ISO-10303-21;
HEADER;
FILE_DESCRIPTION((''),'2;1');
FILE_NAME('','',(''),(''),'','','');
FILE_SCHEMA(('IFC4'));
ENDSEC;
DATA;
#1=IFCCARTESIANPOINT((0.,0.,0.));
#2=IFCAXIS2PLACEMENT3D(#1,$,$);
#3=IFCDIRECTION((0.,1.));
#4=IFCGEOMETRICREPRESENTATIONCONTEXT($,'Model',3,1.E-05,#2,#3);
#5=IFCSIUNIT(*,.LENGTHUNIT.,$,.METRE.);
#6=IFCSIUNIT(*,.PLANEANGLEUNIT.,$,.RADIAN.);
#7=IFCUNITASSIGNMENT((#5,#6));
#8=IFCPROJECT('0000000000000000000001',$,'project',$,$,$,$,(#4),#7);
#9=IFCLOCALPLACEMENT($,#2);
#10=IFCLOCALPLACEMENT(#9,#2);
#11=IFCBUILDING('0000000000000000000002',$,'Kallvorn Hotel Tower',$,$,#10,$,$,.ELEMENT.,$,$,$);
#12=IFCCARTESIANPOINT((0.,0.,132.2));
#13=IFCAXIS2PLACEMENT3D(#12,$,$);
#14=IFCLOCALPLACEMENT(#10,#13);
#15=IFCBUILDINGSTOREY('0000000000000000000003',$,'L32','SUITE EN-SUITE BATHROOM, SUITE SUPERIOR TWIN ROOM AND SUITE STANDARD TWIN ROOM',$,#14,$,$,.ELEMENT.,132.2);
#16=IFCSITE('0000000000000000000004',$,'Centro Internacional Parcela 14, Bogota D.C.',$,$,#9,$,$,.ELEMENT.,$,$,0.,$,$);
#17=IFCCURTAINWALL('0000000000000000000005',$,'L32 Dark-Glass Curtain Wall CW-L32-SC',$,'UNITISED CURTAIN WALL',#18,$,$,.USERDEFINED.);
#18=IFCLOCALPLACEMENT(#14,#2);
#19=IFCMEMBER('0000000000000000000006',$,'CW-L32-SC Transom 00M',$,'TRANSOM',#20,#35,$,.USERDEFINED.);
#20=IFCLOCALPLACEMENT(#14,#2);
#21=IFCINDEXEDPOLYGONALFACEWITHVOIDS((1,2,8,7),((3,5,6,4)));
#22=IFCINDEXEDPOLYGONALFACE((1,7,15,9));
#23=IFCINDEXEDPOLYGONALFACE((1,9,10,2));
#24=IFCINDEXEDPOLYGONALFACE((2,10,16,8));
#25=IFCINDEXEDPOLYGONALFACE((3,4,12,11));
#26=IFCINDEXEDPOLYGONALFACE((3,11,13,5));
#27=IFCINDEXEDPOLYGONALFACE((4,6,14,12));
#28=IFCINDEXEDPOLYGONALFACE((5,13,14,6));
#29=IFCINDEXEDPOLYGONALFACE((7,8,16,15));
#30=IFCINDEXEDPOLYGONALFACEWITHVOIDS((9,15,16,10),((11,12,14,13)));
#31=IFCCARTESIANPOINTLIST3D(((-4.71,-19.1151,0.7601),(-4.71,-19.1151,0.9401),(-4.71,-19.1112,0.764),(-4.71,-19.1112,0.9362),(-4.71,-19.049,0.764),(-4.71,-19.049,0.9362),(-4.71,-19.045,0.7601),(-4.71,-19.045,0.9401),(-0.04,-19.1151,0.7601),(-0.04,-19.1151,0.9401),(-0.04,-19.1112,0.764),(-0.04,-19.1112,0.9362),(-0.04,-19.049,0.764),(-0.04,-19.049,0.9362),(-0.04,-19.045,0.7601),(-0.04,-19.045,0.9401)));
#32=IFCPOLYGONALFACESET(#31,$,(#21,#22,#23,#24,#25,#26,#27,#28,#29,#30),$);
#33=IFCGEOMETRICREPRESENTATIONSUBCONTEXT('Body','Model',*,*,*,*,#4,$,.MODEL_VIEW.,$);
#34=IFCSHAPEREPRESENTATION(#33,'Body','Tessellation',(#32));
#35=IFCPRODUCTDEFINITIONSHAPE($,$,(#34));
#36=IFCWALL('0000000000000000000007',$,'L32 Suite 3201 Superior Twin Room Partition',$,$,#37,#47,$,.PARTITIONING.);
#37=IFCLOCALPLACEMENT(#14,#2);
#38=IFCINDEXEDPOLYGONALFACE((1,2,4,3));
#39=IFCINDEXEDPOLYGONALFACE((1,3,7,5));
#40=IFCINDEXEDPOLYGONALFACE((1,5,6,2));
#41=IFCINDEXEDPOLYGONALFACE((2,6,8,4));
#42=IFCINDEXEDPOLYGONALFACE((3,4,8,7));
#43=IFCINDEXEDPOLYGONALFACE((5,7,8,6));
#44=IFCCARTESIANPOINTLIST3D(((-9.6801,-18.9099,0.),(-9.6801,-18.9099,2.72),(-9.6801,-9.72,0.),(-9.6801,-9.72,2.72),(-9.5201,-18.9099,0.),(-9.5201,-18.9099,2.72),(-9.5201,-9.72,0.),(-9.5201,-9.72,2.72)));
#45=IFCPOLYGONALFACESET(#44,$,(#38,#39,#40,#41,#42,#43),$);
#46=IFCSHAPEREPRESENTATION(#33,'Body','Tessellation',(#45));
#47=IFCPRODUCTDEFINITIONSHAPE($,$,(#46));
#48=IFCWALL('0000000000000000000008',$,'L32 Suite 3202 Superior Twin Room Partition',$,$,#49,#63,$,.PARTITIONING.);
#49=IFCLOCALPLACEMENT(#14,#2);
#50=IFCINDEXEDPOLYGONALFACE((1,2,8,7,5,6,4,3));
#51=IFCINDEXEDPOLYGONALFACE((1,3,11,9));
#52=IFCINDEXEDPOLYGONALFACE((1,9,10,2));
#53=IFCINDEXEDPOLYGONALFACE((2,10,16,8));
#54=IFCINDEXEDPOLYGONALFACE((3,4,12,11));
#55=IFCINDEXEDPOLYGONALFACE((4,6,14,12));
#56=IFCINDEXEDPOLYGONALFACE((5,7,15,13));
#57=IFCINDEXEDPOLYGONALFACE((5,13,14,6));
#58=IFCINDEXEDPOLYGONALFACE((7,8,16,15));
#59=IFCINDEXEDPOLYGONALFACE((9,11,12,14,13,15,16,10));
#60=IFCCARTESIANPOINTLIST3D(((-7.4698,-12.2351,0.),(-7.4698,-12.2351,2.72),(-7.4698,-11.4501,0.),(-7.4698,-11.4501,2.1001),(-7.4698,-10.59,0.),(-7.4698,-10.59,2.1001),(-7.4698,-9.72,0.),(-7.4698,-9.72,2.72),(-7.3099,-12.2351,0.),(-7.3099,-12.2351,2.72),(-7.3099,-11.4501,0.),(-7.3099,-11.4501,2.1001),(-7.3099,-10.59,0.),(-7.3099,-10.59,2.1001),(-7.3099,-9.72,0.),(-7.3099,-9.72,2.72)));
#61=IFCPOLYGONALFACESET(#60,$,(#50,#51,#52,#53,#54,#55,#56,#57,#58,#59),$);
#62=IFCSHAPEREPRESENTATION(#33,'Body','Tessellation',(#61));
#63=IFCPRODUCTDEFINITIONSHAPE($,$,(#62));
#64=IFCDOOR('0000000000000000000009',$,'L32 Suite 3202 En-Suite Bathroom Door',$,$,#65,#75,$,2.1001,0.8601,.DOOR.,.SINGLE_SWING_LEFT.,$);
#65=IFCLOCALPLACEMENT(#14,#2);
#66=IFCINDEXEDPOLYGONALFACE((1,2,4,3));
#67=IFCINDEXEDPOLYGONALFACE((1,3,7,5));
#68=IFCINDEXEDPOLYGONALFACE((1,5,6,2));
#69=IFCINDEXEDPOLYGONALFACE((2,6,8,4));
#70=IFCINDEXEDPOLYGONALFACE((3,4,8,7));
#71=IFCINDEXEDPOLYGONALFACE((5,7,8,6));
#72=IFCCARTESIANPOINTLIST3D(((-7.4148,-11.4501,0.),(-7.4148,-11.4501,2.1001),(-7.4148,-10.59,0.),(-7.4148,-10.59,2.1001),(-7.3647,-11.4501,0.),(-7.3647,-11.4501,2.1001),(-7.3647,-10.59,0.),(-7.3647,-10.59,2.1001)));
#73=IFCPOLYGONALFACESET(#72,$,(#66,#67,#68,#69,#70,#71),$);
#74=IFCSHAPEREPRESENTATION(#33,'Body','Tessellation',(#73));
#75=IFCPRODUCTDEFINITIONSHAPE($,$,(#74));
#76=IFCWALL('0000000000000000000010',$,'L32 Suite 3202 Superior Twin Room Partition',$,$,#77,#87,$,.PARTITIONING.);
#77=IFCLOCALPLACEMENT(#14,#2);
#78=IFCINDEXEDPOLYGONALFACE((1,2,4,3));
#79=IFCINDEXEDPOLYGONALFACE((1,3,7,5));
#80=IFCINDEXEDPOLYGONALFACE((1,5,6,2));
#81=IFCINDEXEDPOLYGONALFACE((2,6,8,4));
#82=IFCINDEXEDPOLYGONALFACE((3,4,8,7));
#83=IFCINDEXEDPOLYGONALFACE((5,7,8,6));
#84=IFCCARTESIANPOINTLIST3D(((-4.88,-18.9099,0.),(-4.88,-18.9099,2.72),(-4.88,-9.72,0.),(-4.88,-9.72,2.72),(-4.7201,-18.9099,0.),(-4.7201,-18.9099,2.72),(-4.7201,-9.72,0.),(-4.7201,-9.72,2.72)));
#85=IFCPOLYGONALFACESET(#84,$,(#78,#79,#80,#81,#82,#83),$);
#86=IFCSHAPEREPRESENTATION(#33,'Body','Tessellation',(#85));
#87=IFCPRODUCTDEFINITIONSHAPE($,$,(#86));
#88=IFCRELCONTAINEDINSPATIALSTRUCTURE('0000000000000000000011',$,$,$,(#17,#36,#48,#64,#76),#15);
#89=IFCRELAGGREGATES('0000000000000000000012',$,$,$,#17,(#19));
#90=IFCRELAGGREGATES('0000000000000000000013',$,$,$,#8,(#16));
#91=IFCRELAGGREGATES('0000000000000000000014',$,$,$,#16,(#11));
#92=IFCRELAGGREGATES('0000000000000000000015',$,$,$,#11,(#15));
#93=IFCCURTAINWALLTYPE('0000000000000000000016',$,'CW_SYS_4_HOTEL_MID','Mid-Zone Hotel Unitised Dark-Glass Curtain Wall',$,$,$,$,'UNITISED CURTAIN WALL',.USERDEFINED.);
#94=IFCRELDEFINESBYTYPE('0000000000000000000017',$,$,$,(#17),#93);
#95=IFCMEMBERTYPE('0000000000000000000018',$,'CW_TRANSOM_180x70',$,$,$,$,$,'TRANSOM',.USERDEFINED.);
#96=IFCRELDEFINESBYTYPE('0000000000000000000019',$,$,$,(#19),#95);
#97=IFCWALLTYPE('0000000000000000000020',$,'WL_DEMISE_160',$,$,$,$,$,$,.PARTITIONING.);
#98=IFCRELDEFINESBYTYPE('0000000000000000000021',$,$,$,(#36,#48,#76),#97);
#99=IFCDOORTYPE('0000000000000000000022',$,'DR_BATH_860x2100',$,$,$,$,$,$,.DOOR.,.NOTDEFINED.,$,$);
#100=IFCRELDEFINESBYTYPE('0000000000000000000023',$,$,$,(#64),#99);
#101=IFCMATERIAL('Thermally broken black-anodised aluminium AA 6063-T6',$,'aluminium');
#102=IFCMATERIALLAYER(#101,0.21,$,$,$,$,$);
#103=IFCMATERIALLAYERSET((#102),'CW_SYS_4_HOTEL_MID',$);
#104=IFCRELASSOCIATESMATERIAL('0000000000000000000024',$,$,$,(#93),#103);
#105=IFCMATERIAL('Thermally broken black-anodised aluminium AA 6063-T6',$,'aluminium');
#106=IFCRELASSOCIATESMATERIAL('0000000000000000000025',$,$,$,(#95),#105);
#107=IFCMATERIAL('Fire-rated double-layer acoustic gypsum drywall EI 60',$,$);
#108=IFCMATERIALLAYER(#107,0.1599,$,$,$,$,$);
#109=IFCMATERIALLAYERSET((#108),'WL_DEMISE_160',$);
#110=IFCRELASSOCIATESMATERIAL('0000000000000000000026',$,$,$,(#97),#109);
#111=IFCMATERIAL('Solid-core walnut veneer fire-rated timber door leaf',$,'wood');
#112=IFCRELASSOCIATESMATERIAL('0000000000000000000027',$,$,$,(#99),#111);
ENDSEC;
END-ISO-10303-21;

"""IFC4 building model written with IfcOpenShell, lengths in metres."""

from ifc_helpers import new_model, si_unit, direction, frame, frame_2d, origin, origin_2d, place, context, subcontext, project, spatial, rectangle, hollow_rectangle, extrude, material, layer, layer_set, material_profile, profile_set, type_object, element, fill, aggregate, save


model = new_model("IFC4")

# Units and contexts
model_context = context("Model", 3, precision=1e-05, world=origin(), true_north=direction((0.0, 1.0)))
body_context = subcontext(model_context, "Body", "Model", "MODEL_VIEW")
ifc_project = project(units=[si_unit("LENGTHUNIT", "METRE"), si_unit("PLANEANGLEUNIT", "RADIAN")], contexts=[model_context])

# Site, building, storey
site_placement = place(None, origin())
site = spatial("IfcSite", under=ifc_project, at=site_placement, Name="Centro Internacional Parcela 14, Bogota D.C.", CompositionType="ELEMENT", RefElevation=0.0)
building_placement = place(site_placement, origin())
building = spatial("IfcBuilding", under=site, at=building_placement, Name="Kallvorn Hotel Tower", CompositionType="ELEMENT")
storey_placement = place(building_placement, frame((0.0, 0.0, 132.2)))
storey = spatial("IfcBuildingStorey", under=building, at=storey_placement, Name="L32", Description="SUITE EN-SUITE BATHROOM, SUITE SUPERIOR TWIN ROOM AND SUITE STANDARD TWIN ROOM", CompositionType="ELEMENT", Elevation=132.2)

# Curtain wall, member
ifc_material_1 = material(Name="Thermally broken black-anodised aluminium AA 6063-T6", Category="aluminium")
ifc_layer_1 = layer(ifc_material_1, 0.21)
ifc_layer_set_1 = layer_set([ifc_layer_1], Name="CW_SYS_4_HOTEL_MID")
curtain_wall_type = type_object("IfcCurtainWallType", Name="CW_SYS_4_HOTEL_MID", Description="Mid-Zone Hotel Unitised Dark-Glass Curtain Wall", ElementType="UNITISED CURTAIN WALL", PredefinedType="USERDEFINED", material=ifc_layer_set_1)
curtain_wall_placement = place(storey_placement, origin())
curtain_wall = element("IfcCurtainWall", 1, at=curtain_wall_placement, inside=storey, type_object=curtain_wall_type, Name="L32 Dark-Glass Curtain Wall CW-L32-SC", ObjectType="UNITISED CURTAIN WALL", PredefinedType="USERDEFINED")
ifc_material_2 = material(Name="Thermally broken black-anodised aluminium AA 6063-T6", Category="aluminium")
ifc_material_profile_1 = material_profile(ifc_material_2, hollow_rectangle(XDim=0.0701, YDim=0.1799, WallThickness=0.0039, at=origin_2d()), Name="TRN 180x70")
ifc_profile_set_1 = profile_set([ifc_material_profile_1], Name="Thermally broken black-anodised aluminium AA 6063-T6")
member_type_1 = type_object("IfcMemberType", Name="CW_TRANSOM_180x70", ElementType="TRANSOM", PredefinedType="USERDEFINED", material=ifc_profile_set_1)
member_1_placement = place(storey_placement, frame((-4.71, -19.0801, 0.8501), z_axis=(1.0, 0.0, 0.0), x_axis=(0.0, 1.0, 0.0)))
member_1 = element("IfcMember", 2, at=member_1_placement, type_object=member_type_1, Name="CW-L32-SC Transom 00M", ObjectType="TRANSOM", PredefinedType="USERDEFINED", context=body_context, shape_type="SweptSolid", body=[
    extrude(hollow_rectangle(XDim=0.0701, YDim=0.1799, WallThickness=0.0039, at=origin_2d()), origin(), (0.0, 0.0, 1.0), 4.6699),
])
aggregate(curtain_wall, [member_1])

# Wall
ifc_material_3 = material(Name="Fire-rated double-layer acoustic gypsum drywall EI 60")
ifc_layer_2 = layer(ifc_material_3, 0.1599)
ifc_layer_set_2 = layer_set([ifc_layer_2], Name="WL_DEMISE_160")
wall_type = type_object("IfcWallType", Name="WL_DEMISE_160", PredefinedType="PARTITIONING", material=ifc_layer_set_2)
wall_1_placement = place(storey_placement, frame((-9.6001, -18.9099, 0.0), z_axis=(0.0, 0.0, 1.0), x_axis=(0.0, 1.0, 0.0)))
element("IfcWall", 3, at=wall_1_placement, inside=storey, type_object=wall_type, Name="L32 Suite 3201 Superior Twin Room Partition", PredefinedType="PARTITIONING", context=body_context, shape_type="SweptSolid", body=[
    extrude(rectangle(XDim=9.1899, YDim=0.1599, at=frame_2d((4.595, 0.0))), origin(), (0.0, 0.0, 1.0), 2.72),
])

# Wall, opening, door
wall_2_placement = place(storey_placement, frame((-7.3899, -12.2351, 0.0), z_axis=(0.0, 0.0, 1.0), x_axis=(0.0, 1.0, 0.0)))
wall_2 = element("IfcWall", 4, at=wall_2_placement, inside=storey, type_object=wall_type, Name="L32 Suite 3202 Superior Twin Room Partition", PredefinedType="PARTITIONING", context=body_context, shape_type="SweptSolid", body=[
    extrude(rectangle(XDim=2.5151, YDim=0.1599, at=frame_2d((1.2576, 0.0))), origin(), (0.0, 0.0, 1.0), 2.72),
])
opening_placement = place(wall_2_placement, frame((0.7849, 0.0, 0.0)))
opening = element("IfcOpeningElement", 5, at=opening_placement, cuts=wall_2, PredefinedType="OPENING", context=body_context, shape_type="SweptSolid", body=[
    extrude(rectangle(XDim=0.8601, YDim=2.1001, at=frame_2d((0.4302, 1.05))), frame((0.0, 0.095, 0.0), z_axis=(0.0, -1.0, 0.0), x_axis=(1.0, 0.0, 0.0)), (0.0, 0.0, 1.0), 0.1899),
])
ifc_material_4 = material(Name="Solid-core walnut veneer fire-rated timber door leaf", Category="wood")
door_type = type_object("IfcDoorType", Name="DR_BATH_860x2100", OperationType="NOTDEFINED", PredefinedType="DOOR", material=ifc_material_4)
door_placement = place(opening_placement, origin())
door = element("IfcDoor", 6, at=door_placement, inside=storey, type_object=door_type, Name="L32 Suite 3202 En-Suite Bathroom Door", OperationType="SINGLE_SWING_LEFT", OverallHeight=2.1001, OverallWidth=0.8601, PredefinedType="DOOR", context=body_context, shape_type="SweptSolid", body=[
    extrude(rectangle(XDim=0.8601, YDim=2.1001, at=frame_2d((0.4302, 1.05))), frame((0.0, 0.0249, 0.0), z_axis=(0.0, -1.0, 0.0), x_axis=(1.0, 0.0, 0.0)), (0.0, 0.0, 1.0), 0.05),
])
fill(opening, door)

# Wall
wall_3_placement = place(storey_placement, frame((-4.8, -18.9099, 0.0), z_axis=(0.0, 0.0, 1.0), x_axis=(0.0, 1.0, 0.0)))
element("IfcWall", 7, at=wall_3_placement, inside=storey, type_object=wall_type, Name="L32 Suite 3202 Superior Twin Room Partition", PredefinedType="PARTITIONING", context=body_context, shape_type="SweptSolid", body=[
    extrude(rectangle(XDim=9.1899, YDim=0.1599, at=frame_2d((4.595, 0.0))), origin(), (0.0, 0.0, 1.0), 2.72),
])

save(model, "model.ifc")
